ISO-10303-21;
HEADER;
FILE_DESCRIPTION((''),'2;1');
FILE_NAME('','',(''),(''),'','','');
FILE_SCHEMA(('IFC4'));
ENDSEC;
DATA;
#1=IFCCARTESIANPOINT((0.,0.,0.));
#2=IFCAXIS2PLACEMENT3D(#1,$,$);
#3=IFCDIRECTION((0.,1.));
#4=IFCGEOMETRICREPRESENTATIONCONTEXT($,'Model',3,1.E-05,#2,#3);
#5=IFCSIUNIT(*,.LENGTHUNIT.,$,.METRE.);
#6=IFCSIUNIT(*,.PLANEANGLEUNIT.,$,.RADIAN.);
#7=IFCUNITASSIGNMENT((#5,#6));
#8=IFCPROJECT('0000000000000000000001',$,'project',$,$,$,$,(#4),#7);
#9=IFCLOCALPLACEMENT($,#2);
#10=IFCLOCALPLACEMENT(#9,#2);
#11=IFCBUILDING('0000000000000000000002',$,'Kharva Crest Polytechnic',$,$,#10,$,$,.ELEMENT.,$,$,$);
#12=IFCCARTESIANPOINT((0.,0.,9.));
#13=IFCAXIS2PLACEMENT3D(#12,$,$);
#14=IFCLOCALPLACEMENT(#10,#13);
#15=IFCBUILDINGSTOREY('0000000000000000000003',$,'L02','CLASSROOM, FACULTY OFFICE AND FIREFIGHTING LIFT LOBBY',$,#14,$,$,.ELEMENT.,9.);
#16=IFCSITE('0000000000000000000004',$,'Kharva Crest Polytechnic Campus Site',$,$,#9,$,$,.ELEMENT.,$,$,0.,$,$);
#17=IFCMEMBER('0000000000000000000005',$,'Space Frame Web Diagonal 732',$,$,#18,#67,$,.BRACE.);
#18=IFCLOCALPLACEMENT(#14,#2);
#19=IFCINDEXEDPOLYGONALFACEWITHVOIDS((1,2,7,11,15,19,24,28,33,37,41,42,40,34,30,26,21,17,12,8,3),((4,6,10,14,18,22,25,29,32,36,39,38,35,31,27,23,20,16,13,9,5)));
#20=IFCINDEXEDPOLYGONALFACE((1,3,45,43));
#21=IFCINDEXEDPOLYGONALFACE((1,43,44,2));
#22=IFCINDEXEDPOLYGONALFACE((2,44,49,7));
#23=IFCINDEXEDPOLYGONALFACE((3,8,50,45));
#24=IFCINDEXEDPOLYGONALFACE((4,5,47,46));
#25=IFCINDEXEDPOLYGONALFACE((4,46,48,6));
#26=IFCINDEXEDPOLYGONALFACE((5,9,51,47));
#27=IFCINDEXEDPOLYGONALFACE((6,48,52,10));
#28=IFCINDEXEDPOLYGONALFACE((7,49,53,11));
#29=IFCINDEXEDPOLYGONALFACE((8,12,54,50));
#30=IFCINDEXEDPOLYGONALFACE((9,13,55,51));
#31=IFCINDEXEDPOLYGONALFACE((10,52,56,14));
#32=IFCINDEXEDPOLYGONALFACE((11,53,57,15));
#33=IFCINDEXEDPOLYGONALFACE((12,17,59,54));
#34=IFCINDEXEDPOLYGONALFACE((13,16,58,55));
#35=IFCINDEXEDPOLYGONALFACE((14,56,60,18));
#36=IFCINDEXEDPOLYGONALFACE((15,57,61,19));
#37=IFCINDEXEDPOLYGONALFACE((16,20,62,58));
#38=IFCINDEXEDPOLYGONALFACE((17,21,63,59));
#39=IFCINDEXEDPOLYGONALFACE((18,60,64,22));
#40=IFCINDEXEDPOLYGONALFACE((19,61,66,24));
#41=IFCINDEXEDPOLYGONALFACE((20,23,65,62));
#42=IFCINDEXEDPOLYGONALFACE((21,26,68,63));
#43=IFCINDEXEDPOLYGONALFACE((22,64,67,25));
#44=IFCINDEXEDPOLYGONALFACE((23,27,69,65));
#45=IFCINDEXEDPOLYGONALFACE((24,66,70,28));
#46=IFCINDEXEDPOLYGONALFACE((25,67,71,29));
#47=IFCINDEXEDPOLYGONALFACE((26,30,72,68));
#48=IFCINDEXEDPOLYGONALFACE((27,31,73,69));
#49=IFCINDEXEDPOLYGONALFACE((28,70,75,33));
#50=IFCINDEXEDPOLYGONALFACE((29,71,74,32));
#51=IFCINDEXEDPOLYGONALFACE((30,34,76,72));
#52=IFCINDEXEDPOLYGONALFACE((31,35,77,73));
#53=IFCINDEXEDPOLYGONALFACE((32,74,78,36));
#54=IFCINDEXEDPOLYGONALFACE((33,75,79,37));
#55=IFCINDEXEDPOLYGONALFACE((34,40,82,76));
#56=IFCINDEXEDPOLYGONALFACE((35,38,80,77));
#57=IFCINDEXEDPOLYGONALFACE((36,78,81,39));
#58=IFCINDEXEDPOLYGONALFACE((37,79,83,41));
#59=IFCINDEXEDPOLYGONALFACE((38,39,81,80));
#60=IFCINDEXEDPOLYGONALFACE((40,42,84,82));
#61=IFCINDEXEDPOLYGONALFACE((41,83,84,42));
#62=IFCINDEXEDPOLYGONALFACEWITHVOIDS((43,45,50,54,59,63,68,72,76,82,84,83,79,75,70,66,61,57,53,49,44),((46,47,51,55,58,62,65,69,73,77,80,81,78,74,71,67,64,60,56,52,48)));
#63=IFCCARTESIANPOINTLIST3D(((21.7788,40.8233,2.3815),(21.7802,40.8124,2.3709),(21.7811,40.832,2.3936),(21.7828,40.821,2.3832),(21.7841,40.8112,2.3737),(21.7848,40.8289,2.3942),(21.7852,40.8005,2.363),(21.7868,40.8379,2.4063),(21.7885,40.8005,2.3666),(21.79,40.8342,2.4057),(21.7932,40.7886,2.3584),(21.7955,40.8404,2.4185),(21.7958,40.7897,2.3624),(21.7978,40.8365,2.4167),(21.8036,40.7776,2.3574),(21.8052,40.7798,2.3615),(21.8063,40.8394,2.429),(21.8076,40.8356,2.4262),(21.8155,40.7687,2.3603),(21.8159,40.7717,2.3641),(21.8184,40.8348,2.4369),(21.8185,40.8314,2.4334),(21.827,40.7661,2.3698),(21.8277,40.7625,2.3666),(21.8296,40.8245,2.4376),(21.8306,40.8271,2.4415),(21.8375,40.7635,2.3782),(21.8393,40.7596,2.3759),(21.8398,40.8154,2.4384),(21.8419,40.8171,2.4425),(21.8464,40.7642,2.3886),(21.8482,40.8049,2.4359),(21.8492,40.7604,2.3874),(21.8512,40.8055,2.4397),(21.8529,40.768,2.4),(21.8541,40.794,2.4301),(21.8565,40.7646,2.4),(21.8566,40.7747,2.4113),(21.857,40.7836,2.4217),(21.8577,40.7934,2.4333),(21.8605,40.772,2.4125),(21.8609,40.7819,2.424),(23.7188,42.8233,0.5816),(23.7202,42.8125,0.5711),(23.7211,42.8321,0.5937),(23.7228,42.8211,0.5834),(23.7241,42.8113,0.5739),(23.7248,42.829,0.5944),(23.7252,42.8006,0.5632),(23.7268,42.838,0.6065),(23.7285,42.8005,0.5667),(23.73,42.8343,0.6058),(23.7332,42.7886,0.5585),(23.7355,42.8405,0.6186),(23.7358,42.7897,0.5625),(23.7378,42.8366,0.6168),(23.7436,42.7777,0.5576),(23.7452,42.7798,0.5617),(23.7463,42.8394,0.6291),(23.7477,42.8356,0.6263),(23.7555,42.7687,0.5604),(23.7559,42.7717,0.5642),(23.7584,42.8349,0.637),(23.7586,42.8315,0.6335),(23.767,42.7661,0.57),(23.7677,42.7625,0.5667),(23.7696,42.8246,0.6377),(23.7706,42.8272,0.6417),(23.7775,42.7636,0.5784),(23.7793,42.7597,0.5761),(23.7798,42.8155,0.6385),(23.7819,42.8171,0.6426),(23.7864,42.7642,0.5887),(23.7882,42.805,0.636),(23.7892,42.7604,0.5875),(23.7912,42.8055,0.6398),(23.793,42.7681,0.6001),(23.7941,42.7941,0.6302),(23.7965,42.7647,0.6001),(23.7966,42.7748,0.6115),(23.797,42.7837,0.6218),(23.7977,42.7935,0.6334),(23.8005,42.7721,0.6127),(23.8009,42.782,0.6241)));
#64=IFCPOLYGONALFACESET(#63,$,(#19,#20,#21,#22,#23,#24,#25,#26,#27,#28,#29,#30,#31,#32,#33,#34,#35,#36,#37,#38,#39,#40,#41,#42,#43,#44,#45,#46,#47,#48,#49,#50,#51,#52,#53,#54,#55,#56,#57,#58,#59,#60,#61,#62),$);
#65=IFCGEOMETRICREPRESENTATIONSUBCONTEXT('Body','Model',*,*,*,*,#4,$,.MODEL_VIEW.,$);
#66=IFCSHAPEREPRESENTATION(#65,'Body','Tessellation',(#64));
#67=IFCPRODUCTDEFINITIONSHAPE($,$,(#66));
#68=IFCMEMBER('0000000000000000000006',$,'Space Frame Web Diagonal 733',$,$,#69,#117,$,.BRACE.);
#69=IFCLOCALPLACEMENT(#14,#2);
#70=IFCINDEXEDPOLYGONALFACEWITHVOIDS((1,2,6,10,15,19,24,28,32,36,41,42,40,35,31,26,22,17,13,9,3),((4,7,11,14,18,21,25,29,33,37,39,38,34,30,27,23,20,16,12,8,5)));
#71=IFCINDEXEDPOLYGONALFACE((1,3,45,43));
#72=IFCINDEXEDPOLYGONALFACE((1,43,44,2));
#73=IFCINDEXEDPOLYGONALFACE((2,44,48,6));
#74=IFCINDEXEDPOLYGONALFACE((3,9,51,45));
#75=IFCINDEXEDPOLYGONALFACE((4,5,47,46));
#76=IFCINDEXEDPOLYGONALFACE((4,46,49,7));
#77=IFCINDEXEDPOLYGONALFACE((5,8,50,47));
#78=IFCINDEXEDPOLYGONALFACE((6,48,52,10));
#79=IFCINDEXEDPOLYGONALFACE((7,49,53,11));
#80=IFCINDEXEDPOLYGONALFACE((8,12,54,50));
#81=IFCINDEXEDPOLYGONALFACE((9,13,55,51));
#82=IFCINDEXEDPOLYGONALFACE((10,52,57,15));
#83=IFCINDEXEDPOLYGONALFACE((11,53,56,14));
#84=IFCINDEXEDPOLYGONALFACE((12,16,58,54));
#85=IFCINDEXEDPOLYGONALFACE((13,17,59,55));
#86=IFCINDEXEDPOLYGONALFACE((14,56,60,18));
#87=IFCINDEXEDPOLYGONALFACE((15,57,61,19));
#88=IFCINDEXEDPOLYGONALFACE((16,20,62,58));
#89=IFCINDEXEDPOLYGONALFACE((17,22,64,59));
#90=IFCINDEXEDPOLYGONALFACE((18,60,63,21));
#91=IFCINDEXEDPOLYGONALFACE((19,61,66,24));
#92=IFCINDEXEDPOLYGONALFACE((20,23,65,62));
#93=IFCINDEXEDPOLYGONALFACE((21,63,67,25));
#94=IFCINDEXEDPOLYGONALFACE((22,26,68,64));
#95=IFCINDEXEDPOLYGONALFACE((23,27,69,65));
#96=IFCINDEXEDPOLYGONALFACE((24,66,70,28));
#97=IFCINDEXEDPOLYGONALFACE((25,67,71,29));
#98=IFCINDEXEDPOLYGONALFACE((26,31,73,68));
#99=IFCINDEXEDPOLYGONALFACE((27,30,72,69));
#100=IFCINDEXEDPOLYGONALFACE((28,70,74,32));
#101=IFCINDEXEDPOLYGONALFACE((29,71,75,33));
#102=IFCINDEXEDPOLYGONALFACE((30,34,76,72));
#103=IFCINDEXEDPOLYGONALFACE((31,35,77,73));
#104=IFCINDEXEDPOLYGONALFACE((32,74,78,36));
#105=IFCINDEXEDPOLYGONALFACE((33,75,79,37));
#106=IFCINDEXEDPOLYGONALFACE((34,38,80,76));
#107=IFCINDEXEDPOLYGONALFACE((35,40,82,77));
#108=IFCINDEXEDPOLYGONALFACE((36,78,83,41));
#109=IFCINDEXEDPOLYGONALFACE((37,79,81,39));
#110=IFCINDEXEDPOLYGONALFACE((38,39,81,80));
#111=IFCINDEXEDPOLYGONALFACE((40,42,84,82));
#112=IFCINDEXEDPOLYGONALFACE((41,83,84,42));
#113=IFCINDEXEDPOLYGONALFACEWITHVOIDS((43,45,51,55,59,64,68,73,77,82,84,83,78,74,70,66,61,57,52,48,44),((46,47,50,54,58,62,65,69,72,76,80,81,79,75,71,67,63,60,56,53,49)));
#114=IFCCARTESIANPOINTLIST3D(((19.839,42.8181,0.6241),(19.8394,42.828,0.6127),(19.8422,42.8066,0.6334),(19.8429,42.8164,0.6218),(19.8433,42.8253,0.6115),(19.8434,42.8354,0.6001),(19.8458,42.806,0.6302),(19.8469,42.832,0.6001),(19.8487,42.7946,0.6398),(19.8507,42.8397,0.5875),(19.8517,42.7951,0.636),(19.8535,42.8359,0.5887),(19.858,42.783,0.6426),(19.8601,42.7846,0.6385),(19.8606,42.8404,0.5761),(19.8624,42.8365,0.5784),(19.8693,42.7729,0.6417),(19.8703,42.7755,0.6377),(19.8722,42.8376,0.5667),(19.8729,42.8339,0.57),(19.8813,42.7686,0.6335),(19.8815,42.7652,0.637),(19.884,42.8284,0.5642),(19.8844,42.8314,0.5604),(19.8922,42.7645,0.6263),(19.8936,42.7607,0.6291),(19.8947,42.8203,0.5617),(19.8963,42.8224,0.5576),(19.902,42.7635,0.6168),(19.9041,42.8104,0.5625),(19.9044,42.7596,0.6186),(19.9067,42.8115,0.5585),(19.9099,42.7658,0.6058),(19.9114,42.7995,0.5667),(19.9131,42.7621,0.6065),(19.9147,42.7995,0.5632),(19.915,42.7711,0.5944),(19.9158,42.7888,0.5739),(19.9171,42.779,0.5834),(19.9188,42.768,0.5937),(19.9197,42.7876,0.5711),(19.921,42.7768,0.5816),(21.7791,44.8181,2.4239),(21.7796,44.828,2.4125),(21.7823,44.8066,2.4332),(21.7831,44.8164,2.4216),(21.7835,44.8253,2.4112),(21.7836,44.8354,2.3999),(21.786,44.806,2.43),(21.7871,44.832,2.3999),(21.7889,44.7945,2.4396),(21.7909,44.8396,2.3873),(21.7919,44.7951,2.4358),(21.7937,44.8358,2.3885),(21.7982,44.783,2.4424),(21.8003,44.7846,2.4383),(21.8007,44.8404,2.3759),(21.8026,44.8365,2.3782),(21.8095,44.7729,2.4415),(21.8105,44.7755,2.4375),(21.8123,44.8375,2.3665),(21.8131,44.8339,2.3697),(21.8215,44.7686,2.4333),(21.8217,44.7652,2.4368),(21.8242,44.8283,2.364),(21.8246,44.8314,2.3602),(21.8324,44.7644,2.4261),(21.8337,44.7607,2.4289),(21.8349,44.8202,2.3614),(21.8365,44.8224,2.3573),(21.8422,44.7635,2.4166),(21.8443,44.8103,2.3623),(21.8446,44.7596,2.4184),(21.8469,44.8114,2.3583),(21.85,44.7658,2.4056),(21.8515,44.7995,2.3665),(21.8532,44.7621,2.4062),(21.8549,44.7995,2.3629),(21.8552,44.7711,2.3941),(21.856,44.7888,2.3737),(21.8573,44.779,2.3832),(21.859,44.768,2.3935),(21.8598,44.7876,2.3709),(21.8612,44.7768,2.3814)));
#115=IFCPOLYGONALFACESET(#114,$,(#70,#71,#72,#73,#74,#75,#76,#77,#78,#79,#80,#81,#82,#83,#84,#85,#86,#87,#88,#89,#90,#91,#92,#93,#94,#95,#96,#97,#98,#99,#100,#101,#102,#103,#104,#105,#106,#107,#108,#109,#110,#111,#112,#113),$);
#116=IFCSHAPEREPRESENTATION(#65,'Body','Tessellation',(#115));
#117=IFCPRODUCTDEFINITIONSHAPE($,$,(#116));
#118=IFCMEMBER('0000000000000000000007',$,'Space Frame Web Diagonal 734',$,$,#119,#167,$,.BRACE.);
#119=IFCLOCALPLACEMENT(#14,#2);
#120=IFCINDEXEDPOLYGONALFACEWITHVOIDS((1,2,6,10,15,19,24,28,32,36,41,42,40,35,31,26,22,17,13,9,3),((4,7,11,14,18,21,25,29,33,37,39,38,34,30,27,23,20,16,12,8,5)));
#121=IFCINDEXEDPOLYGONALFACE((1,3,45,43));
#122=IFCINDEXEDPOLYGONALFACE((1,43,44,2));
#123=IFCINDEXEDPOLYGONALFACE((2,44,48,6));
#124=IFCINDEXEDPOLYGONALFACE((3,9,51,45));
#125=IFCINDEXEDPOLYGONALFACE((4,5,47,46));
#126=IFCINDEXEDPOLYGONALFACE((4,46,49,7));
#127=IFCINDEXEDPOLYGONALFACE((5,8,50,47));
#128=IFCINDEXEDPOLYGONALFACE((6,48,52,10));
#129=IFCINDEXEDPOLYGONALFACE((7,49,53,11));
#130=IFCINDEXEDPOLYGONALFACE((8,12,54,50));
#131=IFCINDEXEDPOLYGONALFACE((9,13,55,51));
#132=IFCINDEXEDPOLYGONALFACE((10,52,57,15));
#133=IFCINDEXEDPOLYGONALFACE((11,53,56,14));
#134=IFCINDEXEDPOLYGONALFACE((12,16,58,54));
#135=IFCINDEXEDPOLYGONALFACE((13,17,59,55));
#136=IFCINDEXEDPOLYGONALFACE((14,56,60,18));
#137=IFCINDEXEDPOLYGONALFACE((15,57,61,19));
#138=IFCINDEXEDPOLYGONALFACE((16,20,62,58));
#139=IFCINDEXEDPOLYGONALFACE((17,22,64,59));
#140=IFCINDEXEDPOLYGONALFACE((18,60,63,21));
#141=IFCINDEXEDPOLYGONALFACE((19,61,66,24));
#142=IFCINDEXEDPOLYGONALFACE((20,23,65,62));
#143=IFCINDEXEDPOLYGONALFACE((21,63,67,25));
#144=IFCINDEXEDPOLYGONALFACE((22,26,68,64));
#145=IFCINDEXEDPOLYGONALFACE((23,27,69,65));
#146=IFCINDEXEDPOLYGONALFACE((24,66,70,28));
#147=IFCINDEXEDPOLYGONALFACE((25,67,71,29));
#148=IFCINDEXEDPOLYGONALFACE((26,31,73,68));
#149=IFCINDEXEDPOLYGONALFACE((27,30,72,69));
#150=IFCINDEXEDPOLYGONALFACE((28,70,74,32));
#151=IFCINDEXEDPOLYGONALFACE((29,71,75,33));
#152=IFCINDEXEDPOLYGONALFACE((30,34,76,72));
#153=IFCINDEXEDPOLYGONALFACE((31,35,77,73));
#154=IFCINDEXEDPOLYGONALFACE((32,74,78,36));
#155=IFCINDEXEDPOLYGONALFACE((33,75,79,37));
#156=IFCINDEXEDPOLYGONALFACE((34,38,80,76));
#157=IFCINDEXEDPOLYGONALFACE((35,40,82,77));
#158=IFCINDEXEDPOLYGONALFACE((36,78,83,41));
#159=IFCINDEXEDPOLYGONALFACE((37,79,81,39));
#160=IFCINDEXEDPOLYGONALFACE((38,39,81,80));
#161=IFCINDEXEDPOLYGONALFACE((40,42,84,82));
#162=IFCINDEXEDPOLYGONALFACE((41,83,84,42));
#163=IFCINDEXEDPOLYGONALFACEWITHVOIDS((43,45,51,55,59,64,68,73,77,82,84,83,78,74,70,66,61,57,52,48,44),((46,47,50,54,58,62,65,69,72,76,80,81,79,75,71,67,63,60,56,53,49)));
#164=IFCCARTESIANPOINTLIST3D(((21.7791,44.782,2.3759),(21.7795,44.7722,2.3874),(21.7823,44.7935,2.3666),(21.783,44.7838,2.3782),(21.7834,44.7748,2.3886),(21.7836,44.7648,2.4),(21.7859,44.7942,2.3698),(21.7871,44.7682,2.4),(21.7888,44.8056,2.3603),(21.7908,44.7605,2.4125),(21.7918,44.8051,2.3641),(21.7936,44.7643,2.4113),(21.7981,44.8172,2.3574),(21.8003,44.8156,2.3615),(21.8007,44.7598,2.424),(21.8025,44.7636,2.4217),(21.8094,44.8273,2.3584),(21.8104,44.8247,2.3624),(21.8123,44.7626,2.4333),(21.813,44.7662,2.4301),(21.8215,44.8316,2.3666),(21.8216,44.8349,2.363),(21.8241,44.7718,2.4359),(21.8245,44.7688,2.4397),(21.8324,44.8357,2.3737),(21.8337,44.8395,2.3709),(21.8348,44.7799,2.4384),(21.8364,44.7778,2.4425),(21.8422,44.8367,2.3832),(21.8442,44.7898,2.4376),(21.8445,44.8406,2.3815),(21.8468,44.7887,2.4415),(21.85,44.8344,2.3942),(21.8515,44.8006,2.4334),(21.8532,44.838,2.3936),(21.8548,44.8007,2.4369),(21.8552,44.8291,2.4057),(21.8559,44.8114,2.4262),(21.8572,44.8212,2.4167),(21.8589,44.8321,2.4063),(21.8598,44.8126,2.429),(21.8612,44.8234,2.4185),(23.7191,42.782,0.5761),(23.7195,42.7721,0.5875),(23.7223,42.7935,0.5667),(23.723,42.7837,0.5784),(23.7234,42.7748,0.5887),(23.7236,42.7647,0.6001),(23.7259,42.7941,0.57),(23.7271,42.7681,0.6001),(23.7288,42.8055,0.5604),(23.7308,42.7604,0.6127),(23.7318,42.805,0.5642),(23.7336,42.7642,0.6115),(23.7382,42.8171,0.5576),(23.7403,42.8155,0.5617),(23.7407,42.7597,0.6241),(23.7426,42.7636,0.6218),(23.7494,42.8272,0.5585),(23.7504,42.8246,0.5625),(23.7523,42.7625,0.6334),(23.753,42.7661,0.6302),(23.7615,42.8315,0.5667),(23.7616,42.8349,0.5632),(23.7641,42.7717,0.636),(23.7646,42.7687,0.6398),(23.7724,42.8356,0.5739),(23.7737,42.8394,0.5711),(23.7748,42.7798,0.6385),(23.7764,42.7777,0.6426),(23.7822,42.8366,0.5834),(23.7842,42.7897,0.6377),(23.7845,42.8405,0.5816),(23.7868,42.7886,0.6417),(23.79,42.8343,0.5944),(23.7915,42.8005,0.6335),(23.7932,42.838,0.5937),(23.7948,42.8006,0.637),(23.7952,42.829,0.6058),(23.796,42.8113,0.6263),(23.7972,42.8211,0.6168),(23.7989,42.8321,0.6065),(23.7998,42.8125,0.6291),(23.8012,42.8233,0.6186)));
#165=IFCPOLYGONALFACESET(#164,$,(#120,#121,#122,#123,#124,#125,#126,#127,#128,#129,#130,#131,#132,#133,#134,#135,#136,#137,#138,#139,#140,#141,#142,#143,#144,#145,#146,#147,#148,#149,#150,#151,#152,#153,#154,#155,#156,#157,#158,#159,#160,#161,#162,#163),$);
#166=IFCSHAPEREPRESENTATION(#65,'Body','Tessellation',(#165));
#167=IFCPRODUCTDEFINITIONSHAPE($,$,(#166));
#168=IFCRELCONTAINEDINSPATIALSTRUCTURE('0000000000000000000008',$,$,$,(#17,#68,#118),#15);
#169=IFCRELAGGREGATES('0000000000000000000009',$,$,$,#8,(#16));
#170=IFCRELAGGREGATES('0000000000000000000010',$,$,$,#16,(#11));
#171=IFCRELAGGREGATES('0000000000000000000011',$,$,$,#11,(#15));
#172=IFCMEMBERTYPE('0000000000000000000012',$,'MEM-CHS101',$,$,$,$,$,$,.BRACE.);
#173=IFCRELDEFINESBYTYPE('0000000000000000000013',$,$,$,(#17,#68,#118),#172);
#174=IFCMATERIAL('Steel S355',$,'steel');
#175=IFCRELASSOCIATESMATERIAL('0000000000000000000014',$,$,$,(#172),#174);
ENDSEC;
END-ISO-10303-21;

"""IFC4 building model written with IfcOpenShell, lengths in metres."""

from ifc_helpers import new_model, si_unit, direction, frame, origin, origin_2d, place, context, subcontext, project, spatial, hollow_circle, extrude, material, material_profile, profile_set, type_object, element, save


model = new_model("IFC4")

# Units and contexts
model_context = context("Model", 3, precision=1e-05, world=origin(), true_north=direction((0.0, 1.0)))
body_context = subcontext(model_context, "Body", "Model", "MODEL_VIEW")
ifc_project = project(units=[si_unit("LENGTHUNIT", "METRE"), si_unit("PLANEANGLEUNIT", "RADIAN")], contexts=[model_context])

# Site, building, storey
site_placement = place(None, origin())
site = spatial("IfcSite", under=ifc_project, at=site_placement, Name="Kharva Crest Polytechnic Campus Site", CompositionType="ELEMENT", RefElevation=0.0)
building_placement = place(site_placement, origin())
building = spatial("IfcBuilding", under=site, at=building_placement, Name="Kharva Crest Polytechnic", CompositionType="ELEMENT")
storey_placement = place(building_placement, frame((0.0, 0.0, 9.0)))
storey = spatial("IfcBuildingStorey", under=building, at=storey_placement, Name="L02", Description="CLASSROOM, FACULTY OFFICE AND FIREFIGHTING LIFT LOBBY", CompositionType="ELEMENT", Elevation=9.0)

# Members
ifc_material = material(Name="Steel S355", Category="steel")
ifc_material_profile_1 = material_profile(ifc_material, hollow_circle(Radius=0.0508, WallThickness=0.0049, at=origin_2d()), Name="CHS 101.6X5.0")
ifc_profile_set_1 = profile_set([ifc_material_profile_1], Name="Steel S355")
member_type_1 = type_object("IfcMemberType", Name="MEM-CHS101", PredefinedType="BRACE", material=ifc_profile_set_1)
for number, where, z_axis, x_axis, name in (
    (1, (23.76, 42.8, 0.6001), (-0.584843, -0.60295, 0.542596), (0.717802, -0.696247, 0.0), "Space Frame Web Diagonal 732"),
    (2, (19.8799, 42.8, 0.6001), (0.584892, 0.602924, 0.542572), (-0.717758, 0.696292, 0.0), "Space Frame Web Diagonal 733"),
    (3, (23.76, 42.8, 0.6001), (-0.584843, 0.60295, 0.542596), (-0.717802, -0.696247, 0.0), "Space Frame Web Diagonal 734"),
):
    element("IfcMember", number, at=place(storey_placement, frame(where, z_axis=z_axis, x_axis=x_axis)), inside=storey, type_object=member_type_1, Name=name, PredefinedType="BRACE", context=body_context, shape_type="SweptSolid", body=[
        extrude(hollow_circle(Radius=0.0508, WallThickness=0.0049, at=origin_2d()), origin(), (0.0, 0.0, 1.0), 3.3171),
    ])

save(model, "model.ifc")
